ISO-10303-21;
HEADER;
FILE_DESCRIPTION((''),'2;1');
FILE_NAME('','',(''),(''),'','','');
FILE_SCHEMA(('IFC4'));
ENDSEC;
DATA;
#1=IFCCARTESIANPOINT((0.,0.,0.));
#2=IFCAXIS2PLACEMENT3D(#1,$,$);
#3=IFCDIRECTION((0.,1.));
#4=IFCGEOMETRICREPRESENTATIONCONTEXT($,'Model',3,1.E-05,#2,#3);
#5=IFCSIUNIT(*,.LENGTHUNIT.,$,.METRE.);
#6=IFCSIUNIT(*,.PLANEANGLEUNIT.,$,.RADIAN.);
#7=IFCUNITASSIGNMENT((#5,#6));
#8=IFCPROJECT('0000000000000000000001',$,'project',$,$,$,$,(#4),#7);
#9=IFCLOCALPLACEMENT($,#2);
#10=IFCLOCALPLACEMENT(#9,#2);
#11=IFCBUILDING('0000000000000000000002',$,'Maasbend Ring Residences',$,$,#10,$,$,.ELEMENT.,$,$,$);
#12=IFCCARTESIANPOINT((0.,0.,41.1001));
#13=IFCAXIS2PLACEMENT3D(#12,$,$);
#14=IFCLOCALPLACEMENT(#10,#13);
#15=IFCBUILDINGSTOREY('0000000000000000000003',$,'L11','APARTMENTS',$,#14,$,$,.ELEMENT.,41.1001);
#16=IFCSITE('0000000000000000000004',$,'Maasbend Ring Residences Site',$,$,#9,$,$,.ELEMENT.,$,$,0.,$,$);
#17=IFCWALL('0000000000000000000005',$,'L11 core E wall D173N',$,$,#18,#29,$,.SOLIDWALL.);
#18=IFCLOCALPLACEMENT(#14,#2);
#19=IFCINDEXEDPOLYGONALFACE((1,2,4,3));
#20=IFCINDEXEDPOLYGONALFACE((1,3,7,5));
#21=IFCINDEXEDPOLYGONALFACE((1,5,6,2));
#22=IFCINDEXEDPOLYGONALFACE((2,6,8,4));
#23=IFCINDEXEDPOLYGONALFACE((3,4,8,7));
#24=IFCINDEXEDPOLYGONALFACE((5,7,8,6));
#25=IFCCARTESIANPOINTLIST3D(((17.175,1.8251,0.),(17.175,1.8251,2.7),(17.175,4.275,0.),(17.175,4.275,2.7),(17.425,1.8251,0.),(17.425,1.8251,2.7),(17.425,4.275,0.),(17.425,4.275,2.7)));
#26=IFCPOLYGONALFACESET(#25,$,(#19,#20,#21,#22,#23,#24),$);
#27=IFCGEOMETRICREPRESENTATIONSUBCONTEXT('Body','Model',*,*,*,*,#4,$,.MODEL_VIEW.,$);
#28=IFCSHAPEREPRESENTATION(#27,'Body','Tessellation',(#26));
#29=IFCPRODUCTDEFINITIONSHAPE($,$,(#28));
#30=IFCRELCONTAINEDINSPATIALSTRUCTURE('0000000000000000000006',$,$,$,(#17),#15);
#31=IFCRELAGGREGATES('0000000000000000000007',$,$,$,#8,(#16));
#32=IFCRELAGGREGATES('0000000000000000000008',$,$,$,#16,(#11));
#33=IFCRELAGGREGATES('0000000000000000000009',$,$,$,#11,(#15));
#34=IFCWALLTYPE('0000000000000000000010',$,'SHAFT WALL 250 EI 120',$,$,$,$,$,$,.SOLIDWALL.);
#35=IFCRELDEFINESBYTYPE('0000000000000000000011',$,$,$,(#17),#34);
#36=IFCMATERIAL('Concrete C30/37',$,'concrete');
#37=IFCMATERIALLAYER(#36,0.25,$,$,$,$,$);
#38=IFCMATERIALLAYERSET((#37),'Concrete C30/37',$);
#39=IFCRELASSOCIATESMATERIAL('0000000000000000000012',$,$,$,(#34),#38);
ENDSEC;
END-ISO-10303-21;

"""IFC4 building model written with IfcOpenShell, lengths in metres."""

from ifc_helpers import new_model, si_unit, direction, frame, frame_2d, origin, place, context, subcontext, project, spatial, rectangle, extrude, material, layer, layer_set, type_object, element, save


model = new_model("IFC4")

# Units and contexts
model_context = context("Model", 3, precision=1e-05, world=origin(), true_north=direction((0.0, 1.0)))
body_context = subcontext(model_context, "Body", "Model", "MODEL_VIEW")
ifc_project = project(units=[si_unit("LENGTHUNIT", "METRE"), si_unit("PLANEANGLEUNIT", "RADIAN")], contexts=[model_context])

# Site, building, storey
site_placement = place(None, origin())
site = spatial("IfcSite", under=ifc_project, at=site_placement, Name="Maasbend Ring Residences Site", CompositionType="ELEMENT", RefElevation=0.0)
building_placement = place(site_placement, origin())
building = spatial("IfcBuilding", under=site, at=building_placement, Name="Maasbend Ring Residences", CompositionType="ELEMENT")
storey_placement = place(building_placement, frame((0.0, 0.0, 41.1001)))
storey = spatial("IfcBuildingStorey", under=building, at=storey_placement, Name="L11", Description="APARTMENTS", CompositionType="ELEMENT", Elevation=41.1001)

# Wall
ifc_material_1 = material(Name="Concrete C30/37", Category="concrete")
ifc_layer_1 = layer(ifc_material_1, 0.25)
ifc_layer_set_1 = layer_set([ifc_layer_1], Name="Concrete C30/37")
wall_type_1 = type_object("IfcWallType", Name="SHAFT WALL 250 EI 120", PredefinedType="SOLIDWALL", material=ifc_layer_set_1)
wall_1_placement = place(storey_placement, frame((17.3, 1.825, 0.0), z_axis=(0.0, 0.0, 1.0), x_axis=(0.0, 1.0, 0.0)))
element("IfcWall", 1, at=wall_1_placement, inside=storey, type_object=wall_type_1, Name="L11 core E wall D173N", PredefinedType="SOLIDWALL", context=body_context, shape_type="SweptSolid", body=[
    extrude(rectangle(XDim=2.45, YDim=0.25, at=frame_2d((1.2251, 0.0))), origin(), (0.0, 0.0, 1.0), 2.7),
])

save(model, "model.ifc")
